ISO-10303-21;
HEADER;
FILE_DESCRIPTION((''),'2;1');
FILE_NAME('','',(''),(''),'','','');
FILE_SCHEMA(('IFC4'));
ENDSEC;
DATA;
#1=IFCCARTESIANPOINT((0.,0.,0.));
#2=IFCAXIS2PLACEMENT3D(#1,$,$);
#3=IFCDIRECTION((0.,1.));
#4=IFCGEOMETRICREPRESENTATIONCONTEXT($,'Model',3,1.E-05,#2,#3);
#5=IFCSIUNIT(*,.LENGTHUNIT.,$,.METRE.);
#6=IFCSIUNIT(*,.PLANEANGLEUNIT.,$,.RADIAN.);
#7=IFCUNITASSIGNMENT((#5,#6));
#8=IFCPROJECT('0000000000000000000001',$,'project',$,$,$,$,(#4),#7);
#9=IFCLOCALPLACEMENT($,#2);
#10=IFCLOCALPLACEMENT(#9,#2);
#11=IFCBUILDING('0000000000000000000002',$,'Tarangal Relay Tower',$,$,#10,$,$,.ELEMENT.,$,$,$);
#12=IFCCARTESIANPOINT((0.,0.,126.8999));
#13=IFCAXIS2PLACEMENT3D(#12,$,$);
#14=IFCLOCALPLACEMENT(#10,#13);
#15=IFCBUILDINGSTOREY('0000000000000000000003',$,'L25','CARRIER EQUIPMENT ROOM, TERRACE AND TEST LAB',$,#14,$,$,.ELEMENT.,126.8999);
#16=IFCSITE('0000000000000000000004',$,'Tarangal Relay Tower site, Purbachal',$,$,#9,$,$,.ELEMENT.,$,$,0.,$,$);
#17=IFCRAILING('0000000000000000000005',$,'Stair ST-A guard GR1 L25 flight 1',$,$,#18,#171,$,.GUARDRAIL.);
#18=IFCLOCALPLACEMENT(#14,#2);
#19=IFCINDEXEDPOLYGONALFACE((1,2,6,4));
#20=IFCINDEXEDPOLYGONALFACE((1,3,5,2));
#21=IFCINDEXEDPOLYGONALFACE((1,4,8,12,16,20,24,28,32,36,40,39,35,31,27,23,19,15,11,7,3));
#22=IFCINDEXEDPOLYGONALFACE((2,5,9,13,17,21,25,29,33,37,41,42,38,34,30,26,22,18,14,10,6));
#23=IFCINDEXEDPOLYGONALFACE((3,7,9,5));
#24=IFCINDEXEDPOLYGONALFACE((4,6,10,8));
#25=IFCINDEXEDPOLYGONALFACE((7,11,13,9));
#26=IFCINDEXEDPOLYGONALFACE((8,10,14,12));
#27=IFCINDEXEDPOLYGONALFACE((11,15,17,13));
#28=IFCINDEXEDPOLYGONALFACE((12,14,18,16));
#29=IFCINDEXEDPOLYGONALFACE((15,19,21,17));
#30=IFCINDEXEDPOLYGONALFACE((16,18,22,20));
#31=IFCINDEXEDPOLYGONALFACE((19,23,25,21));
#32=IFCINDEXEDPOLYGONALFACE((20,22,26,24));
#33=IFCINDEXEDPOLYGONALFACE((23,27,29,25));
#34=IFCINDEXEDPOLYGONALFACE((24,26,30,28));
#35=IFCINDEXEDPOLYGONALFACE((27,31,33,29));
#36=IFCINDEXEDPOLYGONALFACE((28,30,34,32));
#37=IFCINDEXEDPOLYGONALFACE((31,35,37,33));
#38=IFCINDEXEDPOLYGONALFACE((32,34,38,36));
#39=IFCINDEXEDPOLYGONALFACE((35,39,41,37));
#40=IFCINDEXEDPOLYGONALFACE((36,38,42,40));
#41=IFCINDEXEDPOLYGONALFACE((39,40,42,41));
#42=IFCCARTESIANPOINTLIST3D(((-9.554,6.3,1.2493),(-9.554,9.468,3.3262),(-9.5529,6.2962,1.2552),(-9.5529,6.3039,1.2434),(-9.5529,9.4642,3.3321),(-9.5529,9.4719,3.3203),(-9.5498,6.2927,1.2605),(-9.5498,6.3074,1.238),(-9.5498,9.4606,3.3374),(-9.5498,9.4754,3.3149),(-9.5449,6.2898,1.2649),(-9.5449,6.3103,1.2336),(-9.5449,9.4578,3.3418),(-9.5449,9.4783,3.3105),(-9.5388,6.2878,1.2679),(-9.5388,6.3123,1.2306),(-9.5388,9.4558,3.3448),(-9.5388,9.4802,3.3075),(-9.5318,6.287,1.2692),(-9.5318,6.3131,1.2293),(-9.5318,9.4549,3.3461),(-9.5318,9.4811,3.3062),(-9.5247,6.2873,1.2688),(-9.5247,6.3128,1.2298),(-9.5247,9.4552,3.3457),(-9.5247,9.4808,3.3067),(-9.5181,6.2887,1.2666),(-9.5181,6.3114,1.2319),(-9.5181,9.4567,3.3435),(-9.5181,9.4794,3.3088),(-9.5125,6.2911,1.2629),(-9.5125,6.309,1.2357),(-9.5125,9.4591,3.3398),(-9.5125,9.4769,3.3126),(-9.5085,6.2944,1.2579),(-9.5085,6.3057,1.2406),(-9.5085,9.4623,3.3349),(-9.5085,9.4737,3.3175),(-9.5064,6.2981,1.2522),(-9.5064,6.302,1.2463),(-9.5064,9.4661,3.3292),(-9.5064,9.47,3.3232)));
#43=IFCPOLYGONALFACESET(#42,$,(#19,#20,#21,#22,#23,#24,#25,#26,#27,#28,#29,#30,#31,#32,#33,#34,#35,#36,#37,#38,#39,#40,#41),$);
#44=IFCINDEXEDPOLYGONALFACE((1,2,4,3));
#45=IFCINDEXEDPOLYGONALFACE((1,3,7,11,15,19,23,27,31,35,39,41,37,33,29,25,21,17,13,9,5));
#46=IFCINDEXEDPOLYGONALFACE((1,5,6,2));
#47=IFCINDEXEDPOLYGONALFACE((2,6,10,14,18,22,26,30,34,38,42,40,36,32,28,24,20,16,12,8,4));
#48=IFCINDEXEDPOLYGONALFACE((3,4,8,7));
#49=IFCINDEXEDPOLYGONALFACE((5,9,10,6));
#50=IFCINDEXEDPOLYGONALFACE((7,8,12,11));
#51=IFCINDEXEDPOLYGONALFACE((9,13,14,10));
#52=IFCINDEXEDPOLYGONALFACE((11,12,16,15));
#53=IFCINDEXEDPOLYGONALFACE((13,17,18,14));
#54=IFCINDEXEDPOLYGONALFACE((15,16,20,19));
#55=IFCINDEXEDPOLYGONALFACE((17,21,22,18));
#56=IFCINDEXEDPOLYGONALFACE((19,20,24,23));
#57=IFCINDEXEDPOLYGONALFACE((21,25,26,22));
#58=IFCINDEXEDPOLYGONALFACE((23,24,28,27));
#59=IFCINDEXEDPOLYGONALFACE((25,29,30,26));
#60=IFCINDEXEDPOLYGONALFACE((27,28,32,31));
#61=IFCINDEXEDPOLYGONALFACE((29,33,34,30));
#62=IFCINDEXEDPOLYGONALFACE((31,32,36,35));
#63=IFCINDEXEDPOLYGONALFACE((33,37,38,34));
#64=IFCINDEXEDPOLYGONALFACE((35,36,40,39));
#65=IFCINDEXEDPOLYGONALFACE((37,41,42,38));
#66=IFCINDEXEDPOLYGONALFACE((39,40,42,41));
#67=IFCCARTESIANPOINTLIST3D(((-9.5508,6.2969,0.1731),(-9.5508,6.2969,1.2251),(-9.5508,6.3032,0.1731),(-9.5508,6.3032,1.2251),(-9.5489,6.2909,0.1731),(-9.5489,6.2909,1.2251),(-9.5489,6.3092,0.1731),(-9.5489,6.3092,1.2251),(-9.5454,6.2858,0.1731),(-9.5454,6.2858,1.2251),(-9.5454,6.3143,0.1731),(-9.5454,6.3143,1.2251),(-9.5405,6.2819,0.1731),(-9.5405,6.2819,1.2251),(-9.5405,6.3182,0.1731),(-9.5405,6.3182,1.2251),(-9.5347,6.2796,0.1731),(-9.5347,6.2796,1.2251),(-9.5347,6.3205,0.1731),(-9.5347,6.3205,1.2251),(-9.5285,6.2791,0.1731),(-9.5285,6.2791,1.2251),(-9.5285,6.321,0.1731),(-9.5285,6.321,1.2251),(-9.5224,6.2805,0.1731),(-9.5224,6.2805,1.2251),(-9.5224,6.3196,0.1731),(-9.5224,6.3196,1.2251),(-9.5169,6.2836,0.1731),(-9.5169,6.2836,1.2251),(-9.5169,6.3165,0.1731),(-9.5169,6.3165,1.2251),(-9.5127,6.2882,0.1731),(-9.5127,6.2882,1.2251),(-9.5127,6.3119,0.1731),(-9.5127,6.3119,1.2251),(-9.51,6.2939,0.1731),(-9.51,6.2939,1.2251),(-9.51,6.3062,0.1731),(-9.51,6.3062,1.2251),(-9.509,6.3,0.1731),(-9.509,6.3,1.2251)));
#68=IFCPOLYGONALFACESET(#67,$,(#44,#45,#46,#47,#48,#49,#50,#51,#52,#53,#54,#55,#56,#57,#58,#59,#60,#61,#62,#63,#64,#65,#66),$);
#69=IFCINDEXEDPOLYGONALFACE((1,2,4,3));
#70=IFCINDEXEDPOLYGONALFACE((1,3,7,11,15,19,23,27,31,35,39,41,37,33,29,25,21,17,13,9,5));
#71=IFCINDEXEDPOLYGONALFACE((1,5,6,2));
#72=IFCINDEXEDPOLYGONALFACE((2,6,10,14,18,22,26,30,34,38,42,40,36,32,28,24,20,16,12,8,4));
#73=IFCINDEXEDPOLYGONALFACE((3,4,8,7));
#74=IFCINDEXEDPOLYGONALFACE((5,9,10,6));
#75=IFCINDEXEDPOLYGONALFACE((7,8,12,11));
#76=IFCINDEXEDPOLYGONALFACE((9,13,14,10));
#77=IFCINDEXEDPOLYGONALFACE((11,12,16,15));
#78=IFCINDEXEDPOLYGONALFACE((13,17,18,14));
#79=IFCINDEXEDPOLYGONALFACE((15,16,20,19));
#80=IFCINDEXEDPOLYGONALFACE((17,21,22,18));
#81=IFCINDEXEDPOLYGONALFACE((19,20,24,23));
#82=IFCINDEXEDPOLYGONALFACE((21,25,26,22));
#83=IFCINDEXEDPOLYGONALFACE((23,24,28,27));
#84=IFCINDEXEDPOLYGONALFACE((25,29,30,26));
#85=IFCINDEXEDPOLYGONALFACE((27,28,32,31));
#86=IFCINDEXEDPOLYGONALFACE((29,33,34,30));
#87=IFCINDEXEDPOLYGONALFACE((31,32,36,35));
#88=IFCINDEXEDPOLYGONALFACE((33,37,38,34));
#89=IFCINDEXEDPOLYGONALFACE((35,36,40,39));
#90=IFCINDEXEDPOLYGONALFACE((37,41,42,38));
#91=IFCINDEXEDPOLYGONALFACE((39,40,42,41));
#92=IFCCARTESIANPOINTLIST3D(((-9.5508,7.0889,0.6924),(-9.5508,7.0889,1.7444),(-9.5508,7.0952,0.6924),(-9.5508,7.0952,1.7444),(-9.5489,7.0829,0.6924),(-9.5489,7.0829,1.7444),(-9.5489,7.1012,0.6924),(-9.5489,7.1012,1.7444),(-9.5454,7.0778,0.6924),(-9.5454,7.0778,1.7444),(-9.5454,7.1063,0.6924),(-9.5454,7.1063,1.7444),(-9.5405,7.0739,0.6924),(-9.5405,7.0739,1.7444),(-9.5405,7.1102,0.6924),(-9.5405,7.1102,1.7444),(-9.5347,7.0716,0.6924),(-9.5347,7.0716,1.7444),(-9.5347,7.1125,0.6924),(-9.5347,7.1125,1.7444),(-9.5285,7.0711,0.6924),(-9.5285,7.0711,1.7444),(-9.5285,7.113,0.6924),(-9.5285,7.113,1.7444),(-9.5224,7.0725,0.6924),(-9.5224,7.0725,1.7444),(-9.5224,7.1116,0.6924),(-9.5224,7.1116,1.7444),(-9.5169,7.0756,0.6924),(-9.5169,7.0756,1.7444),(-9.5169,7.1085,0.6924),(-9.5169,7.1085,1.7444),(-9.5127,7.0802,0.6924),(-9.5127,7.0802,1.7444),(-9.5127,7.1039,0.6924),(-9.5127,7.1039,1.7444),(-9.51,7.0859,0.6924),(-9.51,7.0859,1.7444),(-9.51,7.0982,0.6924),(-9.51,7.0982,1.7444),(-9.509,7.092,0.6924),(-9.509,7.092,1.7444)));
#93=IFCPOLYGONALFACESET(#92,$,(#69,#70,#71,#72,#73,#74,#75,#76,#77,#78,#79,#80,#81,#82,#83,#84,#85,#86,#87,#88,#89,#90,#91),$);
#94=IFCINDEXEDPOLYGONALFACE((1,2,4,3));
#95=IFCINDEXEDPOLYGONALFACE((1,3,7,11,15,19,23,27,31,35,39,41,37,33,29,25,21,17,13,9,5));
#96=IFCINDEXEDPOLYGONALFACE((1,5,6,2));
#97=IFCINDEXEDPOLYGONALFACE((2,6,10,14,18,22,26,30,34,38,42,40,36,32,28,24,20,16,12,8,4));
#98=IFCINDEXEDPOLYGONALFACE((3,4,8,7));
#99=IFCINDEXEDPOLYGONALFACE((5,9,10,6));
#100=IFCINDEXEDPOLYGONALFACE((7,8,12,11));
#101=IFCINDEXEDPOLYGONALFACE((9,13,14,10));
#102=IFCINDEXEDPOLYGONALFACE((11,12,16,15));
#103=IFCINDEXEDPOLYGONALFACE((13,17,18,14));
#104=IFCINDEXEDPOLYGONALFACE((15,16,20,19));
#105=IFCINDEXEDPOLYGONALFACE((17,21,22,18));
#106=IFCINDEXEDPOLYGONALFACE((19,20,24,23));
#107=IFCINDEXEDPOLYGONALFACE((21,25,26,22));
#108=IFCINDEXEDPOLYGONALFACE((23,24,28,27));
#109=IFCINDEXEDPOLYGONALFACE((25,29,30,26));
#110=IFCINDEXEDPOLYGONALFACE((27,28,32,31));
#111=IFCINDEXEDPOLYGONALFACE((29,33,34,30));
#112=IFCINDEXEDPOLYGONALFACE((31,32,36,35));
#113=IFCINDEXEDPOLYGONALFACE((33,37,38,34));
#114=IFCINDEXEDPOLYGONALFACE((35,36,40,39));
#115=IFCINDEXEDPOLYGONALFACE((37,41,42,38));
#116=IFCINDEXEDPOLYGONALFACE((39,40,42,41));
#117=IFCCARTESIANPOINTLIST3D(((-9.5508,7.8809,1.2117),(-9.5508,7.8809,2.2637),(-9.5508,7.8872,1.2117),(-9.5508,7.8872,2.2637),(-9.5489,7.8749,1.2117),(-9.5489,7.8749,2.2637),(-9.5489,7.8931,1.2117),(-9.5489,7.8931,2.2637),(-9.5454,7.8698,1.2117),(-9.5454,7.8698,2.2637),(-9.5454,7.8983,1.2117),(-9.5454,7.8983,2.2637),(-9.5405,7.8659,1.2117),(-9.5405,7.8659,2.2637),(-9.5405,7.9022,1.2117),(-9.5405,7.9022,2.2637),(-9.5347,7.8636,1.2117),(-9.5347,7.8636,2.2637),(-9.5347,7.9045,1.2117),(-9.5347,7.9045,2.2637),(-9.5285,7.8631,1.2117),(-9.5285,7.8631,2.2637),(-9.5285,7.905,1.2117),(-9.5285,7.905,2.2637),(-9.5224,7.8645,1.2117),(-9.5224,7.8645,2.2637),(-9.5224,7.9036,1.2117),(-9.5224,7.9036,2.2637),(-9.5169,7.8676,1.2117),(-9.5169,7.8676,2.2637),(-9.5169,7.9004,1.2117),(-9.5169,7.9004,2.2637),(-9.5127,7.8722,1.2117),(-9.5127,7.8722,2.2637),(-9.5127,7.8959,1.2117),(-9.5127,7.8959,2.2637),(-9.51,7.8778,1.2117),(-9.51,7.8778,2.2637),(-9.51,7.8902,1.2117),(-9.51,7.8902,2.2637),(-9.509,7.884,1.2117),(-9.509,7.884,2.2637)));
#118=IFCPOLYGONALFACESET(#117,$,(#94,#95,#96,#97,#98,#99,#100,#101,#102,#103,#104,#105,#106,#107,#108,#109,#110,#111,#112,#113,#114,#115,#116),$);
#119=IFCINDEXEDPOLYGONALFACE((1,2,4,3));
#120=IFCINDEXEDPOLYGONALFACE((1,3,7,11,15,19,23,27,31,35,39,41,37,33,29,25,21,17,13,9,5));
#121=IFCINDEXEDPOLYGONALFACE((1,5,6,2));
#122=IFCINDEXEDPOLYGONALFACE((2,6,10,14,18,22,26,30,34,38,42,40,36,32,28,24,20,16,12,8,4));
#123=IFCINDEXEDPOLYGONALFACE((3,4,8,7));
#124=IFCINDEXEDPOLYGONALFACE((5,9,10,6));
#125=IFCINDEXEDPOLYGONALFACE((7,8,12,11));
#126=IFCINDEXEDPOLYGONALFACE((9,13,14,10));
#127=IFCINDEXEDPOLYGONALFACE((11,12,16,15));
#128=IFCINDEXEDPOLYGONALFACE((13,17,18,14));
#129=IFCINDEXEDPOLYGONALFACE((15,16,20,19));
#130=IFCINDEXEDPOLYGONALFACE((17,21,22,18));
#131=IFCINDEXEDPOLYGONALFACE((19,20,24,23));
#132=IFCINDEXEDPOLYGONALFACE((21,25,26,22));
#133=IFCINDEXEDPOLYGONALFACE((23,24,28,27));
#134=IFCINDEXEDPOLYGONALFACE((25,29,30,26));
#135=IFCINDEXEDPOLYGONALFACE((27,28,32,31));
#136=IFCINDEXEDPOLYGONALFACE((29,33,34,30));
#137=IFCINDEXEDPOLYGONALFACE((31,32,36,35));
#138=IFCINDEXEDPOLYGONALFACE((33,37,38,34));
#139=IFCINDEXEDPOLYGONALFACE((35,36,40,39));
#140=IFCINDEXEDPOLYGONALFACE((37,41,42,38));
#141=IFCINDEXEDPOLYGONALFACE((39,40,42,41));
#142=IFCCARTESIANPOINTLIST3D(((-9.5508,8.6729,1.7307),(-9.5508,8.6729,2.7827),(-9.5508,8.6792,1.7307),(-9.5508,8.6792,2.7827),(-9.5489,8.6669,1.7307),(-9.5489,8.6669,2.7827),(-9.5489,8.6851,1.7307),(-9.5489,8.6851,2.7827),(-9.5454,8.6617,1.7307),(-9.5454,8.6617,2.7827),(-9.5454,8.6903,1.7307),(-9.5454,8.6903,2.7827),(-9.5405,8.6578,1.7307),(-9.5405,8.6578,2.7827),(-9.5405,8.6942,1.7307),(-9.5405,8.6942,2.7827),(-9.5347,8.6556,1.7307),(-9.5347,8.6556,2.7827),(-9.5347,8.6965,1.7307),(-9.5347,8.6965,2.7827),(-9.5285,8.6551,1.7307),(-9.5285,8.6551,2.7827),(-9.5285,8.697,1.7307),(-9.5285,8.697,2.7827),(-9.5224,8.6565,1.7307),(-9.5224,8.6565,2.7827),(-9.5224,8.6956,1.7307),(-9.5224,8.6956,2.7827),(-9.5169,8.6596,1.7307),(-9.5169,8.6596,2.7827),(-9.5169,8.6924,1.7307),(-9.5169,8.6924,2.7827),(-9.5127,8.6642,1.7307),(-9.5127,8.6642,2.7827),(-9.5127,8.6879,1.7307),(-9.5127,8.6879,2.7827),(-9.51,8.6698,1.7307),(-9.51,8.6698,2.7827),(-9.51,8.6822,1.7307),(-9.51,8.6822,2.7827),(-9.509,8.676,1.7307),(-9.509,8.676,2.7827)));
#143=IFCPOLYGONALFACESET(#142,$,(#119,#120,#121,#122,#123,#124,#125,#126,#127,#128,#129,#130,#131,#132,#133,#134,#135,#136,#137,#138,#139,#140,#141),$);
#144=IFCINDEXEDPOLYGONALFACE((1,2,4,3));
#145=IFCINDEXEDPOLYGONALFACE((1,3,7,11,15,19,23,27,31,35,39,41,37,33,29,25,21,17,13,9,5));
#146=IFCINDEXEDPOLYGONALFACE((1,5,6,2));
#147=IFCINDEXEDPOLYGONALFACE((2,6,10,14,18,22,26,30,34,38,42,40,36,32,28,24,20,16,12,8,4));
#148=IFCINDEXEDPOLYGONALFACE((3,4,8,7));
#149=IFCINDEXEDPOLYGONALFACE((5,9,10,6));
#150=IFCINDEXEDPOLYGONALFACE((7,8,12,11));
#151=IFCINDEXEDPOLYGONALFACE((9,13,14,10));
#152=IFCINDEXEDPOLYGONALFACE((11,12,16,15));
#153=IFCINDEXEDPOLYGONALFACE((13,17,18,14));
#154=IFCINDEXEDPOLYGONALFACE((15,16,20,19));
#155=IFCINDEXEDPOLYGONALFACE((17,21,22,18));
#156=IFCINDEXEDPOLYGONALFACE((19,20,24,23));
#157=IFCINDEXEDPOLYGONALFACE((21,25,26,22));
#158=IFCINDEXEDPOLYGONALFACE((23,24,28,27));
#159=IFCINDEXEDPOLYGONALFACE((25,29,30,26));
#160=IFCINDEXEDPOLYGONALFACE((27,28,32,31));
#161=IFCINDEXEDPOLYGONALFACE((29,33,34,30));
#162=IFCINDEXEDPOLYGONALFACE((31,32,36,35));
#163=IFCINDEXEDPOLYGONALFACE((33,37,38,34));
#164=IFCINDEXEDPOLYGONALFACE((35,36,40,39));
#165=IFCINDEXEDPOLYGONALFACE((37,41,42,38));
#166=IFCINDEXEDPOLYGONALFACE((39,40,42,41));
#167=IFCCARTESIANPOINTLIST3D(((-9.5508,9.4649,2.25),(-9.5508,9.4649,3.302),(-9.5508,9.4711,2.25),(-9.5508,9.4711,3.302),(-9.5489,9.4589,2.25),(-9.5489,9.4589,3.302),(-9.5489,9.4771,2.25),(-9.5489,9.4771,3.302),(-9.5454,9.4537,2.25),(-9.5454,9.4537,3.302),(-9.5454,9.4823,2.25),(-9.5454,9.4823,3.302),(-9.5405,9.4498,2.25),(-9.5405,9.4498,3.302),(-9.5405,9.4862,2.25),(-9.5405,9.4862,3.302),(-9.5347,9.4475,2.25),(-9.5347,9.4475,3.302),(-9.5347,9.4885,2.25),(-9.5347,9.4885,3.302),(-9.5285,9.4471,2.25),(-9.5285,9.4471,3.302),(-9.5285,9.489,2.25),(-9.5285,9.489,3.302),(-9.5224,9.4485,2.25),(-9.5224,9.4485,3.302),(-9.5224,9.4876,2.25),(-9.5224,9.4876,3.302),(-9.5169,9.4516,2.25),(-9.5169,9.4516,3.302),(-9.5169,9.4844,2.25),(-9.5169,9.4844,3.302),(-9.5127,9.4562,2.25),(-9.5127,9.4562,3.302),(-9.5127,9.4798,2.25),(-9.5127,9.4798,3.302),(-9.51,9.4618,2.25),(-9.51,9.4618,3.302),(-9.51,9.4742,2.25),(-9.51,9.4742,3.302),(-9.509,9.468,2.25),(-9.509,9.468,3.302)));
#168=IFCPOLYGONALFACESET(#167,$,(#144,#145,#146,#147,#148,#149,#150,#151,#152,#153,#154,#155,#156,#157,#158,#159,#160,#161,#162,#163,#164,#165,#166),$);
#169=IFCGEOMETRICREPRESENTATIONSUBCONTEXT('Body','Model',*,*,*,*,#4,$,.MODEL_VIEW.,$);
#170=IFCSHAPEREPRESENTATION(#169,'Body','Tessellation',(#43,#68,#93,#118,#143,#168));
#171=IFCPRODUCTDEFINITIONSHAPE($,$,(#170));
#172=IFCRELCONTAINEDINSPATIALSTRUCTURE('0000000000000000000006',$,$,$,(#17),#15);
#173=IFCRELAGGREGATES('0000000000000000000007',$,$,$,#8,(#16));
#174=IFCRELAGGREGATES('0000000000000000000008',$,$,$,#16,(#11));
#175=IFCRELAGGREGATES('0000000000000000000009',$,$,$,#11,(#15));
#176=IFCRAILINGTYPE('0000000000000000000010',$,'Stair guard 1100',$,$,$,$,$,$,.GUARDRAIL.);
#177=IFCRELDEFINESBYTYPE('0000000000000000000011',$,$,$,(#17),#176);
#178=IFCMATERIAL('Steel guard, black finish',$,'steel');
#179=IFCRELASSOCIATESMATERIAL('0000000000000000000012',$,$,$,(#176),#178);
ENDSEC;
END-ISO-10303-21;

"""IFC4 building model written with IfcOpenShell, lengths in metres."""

from ifc_helpers import new_model, si_unit, direction, frame, origin, origin_2d, place, context, subcontext, project, spatial, circle, extrude, material, type_object, element, save


model = new_model("IFC4")

# Units and contexts
model_context = context("Model", 3, precision=1e-05, world=origin(), true_north=direction((0.0, 1.0)))
body_context = subcontext(model_context, "Body", "Model", "MODEL_VIEW")
ifc_project = project(units=[si_unit("LENGTHUNIT", "METRE"), si_unit("PLANEANGLEUNIT", "RADIAN")], contexts=[model_context])

# Site, building, storey
site_placement = place(None, origin())
site = spatial("IfcSite", under=ifc_project, at=site_placement, Name="Tarangal Relay Tower site, Purbachal", CompositionType="ELEMENT", RefElevation=0.0)
building_placement = place(site_placement, origin())
building = spatial("IfcBuilding", under=site, at=building_placement, Name="Tarangal Relay Tower", CompositionType="ELEMENT")
storey_placement = place(building_placement, frame((0.0, 0.0, 126.8999)))
storey = spatial("IfcBuildingStorey", under=building, at=storey_placement, Name="L25", Description="CARRIER EQUIPMENT ROOM, TERRACE AND TEST LAB", CompositionType="ELEMENT", Elevation=126.8999)

# Railing
ifc_material_1 = material(Name="Steel guard, black finish", Category="steel")
railing_type = type_object("IfcRailingType", Name="Stair guard 1100", PredefinedType="GUARDRAIL", material=ifc_material_1)
railing_1_placement = place(storey_placement, frame((-9.53, 6.3, 0.1731)))
element("IfcRailing", 1, at=railing_1_placement, inside=storey, type_object=railing_type, Name="Stair ST-A guard GR1 L25 flight 1", PredefinedType="GUARDRAIL", context=body_context, shape_type="SweptSolid", body=[
    extrude(circle(Radius=0.0239, at=origin_2d()), frame((0.0, 0.0, 1.0762), z_axis=(0.0, 0.836299, 0.548273), x_axis=(-1.0, 0.0, 0.0)), (0.0, 0.0, 1.0), 3.7881),
    extrude(circle(Radius=0.021, at=origin_2d()), origin(), (0.0, 0.0, 1.0), 1.052),
    extrude(circle(Radius=0.021, at=origin_2d()), frame((0.0, 0.792, 0.5193)), (0.0, 0.0, 1.0), 1.052),
    extrude(circle(Radius=0.021, at=origin_2d()), frame((0.0, 1.584, 1.0386)), (0.0, 0.0, 1.0), 1.052),
    extrude(circle(Radius=0.021, at=origin_2d()), frame((0.0, 2.376, 1.5576)), (0.0, 0.0, 1.0), 1.052),
    extrude(circle(Radius=0.021, at=origin_2d()), frame((0.0, 3.168, 2.0769)), (0.0, 0.0, 1.0), 1.052),
])

save(model, "model.ifc")
